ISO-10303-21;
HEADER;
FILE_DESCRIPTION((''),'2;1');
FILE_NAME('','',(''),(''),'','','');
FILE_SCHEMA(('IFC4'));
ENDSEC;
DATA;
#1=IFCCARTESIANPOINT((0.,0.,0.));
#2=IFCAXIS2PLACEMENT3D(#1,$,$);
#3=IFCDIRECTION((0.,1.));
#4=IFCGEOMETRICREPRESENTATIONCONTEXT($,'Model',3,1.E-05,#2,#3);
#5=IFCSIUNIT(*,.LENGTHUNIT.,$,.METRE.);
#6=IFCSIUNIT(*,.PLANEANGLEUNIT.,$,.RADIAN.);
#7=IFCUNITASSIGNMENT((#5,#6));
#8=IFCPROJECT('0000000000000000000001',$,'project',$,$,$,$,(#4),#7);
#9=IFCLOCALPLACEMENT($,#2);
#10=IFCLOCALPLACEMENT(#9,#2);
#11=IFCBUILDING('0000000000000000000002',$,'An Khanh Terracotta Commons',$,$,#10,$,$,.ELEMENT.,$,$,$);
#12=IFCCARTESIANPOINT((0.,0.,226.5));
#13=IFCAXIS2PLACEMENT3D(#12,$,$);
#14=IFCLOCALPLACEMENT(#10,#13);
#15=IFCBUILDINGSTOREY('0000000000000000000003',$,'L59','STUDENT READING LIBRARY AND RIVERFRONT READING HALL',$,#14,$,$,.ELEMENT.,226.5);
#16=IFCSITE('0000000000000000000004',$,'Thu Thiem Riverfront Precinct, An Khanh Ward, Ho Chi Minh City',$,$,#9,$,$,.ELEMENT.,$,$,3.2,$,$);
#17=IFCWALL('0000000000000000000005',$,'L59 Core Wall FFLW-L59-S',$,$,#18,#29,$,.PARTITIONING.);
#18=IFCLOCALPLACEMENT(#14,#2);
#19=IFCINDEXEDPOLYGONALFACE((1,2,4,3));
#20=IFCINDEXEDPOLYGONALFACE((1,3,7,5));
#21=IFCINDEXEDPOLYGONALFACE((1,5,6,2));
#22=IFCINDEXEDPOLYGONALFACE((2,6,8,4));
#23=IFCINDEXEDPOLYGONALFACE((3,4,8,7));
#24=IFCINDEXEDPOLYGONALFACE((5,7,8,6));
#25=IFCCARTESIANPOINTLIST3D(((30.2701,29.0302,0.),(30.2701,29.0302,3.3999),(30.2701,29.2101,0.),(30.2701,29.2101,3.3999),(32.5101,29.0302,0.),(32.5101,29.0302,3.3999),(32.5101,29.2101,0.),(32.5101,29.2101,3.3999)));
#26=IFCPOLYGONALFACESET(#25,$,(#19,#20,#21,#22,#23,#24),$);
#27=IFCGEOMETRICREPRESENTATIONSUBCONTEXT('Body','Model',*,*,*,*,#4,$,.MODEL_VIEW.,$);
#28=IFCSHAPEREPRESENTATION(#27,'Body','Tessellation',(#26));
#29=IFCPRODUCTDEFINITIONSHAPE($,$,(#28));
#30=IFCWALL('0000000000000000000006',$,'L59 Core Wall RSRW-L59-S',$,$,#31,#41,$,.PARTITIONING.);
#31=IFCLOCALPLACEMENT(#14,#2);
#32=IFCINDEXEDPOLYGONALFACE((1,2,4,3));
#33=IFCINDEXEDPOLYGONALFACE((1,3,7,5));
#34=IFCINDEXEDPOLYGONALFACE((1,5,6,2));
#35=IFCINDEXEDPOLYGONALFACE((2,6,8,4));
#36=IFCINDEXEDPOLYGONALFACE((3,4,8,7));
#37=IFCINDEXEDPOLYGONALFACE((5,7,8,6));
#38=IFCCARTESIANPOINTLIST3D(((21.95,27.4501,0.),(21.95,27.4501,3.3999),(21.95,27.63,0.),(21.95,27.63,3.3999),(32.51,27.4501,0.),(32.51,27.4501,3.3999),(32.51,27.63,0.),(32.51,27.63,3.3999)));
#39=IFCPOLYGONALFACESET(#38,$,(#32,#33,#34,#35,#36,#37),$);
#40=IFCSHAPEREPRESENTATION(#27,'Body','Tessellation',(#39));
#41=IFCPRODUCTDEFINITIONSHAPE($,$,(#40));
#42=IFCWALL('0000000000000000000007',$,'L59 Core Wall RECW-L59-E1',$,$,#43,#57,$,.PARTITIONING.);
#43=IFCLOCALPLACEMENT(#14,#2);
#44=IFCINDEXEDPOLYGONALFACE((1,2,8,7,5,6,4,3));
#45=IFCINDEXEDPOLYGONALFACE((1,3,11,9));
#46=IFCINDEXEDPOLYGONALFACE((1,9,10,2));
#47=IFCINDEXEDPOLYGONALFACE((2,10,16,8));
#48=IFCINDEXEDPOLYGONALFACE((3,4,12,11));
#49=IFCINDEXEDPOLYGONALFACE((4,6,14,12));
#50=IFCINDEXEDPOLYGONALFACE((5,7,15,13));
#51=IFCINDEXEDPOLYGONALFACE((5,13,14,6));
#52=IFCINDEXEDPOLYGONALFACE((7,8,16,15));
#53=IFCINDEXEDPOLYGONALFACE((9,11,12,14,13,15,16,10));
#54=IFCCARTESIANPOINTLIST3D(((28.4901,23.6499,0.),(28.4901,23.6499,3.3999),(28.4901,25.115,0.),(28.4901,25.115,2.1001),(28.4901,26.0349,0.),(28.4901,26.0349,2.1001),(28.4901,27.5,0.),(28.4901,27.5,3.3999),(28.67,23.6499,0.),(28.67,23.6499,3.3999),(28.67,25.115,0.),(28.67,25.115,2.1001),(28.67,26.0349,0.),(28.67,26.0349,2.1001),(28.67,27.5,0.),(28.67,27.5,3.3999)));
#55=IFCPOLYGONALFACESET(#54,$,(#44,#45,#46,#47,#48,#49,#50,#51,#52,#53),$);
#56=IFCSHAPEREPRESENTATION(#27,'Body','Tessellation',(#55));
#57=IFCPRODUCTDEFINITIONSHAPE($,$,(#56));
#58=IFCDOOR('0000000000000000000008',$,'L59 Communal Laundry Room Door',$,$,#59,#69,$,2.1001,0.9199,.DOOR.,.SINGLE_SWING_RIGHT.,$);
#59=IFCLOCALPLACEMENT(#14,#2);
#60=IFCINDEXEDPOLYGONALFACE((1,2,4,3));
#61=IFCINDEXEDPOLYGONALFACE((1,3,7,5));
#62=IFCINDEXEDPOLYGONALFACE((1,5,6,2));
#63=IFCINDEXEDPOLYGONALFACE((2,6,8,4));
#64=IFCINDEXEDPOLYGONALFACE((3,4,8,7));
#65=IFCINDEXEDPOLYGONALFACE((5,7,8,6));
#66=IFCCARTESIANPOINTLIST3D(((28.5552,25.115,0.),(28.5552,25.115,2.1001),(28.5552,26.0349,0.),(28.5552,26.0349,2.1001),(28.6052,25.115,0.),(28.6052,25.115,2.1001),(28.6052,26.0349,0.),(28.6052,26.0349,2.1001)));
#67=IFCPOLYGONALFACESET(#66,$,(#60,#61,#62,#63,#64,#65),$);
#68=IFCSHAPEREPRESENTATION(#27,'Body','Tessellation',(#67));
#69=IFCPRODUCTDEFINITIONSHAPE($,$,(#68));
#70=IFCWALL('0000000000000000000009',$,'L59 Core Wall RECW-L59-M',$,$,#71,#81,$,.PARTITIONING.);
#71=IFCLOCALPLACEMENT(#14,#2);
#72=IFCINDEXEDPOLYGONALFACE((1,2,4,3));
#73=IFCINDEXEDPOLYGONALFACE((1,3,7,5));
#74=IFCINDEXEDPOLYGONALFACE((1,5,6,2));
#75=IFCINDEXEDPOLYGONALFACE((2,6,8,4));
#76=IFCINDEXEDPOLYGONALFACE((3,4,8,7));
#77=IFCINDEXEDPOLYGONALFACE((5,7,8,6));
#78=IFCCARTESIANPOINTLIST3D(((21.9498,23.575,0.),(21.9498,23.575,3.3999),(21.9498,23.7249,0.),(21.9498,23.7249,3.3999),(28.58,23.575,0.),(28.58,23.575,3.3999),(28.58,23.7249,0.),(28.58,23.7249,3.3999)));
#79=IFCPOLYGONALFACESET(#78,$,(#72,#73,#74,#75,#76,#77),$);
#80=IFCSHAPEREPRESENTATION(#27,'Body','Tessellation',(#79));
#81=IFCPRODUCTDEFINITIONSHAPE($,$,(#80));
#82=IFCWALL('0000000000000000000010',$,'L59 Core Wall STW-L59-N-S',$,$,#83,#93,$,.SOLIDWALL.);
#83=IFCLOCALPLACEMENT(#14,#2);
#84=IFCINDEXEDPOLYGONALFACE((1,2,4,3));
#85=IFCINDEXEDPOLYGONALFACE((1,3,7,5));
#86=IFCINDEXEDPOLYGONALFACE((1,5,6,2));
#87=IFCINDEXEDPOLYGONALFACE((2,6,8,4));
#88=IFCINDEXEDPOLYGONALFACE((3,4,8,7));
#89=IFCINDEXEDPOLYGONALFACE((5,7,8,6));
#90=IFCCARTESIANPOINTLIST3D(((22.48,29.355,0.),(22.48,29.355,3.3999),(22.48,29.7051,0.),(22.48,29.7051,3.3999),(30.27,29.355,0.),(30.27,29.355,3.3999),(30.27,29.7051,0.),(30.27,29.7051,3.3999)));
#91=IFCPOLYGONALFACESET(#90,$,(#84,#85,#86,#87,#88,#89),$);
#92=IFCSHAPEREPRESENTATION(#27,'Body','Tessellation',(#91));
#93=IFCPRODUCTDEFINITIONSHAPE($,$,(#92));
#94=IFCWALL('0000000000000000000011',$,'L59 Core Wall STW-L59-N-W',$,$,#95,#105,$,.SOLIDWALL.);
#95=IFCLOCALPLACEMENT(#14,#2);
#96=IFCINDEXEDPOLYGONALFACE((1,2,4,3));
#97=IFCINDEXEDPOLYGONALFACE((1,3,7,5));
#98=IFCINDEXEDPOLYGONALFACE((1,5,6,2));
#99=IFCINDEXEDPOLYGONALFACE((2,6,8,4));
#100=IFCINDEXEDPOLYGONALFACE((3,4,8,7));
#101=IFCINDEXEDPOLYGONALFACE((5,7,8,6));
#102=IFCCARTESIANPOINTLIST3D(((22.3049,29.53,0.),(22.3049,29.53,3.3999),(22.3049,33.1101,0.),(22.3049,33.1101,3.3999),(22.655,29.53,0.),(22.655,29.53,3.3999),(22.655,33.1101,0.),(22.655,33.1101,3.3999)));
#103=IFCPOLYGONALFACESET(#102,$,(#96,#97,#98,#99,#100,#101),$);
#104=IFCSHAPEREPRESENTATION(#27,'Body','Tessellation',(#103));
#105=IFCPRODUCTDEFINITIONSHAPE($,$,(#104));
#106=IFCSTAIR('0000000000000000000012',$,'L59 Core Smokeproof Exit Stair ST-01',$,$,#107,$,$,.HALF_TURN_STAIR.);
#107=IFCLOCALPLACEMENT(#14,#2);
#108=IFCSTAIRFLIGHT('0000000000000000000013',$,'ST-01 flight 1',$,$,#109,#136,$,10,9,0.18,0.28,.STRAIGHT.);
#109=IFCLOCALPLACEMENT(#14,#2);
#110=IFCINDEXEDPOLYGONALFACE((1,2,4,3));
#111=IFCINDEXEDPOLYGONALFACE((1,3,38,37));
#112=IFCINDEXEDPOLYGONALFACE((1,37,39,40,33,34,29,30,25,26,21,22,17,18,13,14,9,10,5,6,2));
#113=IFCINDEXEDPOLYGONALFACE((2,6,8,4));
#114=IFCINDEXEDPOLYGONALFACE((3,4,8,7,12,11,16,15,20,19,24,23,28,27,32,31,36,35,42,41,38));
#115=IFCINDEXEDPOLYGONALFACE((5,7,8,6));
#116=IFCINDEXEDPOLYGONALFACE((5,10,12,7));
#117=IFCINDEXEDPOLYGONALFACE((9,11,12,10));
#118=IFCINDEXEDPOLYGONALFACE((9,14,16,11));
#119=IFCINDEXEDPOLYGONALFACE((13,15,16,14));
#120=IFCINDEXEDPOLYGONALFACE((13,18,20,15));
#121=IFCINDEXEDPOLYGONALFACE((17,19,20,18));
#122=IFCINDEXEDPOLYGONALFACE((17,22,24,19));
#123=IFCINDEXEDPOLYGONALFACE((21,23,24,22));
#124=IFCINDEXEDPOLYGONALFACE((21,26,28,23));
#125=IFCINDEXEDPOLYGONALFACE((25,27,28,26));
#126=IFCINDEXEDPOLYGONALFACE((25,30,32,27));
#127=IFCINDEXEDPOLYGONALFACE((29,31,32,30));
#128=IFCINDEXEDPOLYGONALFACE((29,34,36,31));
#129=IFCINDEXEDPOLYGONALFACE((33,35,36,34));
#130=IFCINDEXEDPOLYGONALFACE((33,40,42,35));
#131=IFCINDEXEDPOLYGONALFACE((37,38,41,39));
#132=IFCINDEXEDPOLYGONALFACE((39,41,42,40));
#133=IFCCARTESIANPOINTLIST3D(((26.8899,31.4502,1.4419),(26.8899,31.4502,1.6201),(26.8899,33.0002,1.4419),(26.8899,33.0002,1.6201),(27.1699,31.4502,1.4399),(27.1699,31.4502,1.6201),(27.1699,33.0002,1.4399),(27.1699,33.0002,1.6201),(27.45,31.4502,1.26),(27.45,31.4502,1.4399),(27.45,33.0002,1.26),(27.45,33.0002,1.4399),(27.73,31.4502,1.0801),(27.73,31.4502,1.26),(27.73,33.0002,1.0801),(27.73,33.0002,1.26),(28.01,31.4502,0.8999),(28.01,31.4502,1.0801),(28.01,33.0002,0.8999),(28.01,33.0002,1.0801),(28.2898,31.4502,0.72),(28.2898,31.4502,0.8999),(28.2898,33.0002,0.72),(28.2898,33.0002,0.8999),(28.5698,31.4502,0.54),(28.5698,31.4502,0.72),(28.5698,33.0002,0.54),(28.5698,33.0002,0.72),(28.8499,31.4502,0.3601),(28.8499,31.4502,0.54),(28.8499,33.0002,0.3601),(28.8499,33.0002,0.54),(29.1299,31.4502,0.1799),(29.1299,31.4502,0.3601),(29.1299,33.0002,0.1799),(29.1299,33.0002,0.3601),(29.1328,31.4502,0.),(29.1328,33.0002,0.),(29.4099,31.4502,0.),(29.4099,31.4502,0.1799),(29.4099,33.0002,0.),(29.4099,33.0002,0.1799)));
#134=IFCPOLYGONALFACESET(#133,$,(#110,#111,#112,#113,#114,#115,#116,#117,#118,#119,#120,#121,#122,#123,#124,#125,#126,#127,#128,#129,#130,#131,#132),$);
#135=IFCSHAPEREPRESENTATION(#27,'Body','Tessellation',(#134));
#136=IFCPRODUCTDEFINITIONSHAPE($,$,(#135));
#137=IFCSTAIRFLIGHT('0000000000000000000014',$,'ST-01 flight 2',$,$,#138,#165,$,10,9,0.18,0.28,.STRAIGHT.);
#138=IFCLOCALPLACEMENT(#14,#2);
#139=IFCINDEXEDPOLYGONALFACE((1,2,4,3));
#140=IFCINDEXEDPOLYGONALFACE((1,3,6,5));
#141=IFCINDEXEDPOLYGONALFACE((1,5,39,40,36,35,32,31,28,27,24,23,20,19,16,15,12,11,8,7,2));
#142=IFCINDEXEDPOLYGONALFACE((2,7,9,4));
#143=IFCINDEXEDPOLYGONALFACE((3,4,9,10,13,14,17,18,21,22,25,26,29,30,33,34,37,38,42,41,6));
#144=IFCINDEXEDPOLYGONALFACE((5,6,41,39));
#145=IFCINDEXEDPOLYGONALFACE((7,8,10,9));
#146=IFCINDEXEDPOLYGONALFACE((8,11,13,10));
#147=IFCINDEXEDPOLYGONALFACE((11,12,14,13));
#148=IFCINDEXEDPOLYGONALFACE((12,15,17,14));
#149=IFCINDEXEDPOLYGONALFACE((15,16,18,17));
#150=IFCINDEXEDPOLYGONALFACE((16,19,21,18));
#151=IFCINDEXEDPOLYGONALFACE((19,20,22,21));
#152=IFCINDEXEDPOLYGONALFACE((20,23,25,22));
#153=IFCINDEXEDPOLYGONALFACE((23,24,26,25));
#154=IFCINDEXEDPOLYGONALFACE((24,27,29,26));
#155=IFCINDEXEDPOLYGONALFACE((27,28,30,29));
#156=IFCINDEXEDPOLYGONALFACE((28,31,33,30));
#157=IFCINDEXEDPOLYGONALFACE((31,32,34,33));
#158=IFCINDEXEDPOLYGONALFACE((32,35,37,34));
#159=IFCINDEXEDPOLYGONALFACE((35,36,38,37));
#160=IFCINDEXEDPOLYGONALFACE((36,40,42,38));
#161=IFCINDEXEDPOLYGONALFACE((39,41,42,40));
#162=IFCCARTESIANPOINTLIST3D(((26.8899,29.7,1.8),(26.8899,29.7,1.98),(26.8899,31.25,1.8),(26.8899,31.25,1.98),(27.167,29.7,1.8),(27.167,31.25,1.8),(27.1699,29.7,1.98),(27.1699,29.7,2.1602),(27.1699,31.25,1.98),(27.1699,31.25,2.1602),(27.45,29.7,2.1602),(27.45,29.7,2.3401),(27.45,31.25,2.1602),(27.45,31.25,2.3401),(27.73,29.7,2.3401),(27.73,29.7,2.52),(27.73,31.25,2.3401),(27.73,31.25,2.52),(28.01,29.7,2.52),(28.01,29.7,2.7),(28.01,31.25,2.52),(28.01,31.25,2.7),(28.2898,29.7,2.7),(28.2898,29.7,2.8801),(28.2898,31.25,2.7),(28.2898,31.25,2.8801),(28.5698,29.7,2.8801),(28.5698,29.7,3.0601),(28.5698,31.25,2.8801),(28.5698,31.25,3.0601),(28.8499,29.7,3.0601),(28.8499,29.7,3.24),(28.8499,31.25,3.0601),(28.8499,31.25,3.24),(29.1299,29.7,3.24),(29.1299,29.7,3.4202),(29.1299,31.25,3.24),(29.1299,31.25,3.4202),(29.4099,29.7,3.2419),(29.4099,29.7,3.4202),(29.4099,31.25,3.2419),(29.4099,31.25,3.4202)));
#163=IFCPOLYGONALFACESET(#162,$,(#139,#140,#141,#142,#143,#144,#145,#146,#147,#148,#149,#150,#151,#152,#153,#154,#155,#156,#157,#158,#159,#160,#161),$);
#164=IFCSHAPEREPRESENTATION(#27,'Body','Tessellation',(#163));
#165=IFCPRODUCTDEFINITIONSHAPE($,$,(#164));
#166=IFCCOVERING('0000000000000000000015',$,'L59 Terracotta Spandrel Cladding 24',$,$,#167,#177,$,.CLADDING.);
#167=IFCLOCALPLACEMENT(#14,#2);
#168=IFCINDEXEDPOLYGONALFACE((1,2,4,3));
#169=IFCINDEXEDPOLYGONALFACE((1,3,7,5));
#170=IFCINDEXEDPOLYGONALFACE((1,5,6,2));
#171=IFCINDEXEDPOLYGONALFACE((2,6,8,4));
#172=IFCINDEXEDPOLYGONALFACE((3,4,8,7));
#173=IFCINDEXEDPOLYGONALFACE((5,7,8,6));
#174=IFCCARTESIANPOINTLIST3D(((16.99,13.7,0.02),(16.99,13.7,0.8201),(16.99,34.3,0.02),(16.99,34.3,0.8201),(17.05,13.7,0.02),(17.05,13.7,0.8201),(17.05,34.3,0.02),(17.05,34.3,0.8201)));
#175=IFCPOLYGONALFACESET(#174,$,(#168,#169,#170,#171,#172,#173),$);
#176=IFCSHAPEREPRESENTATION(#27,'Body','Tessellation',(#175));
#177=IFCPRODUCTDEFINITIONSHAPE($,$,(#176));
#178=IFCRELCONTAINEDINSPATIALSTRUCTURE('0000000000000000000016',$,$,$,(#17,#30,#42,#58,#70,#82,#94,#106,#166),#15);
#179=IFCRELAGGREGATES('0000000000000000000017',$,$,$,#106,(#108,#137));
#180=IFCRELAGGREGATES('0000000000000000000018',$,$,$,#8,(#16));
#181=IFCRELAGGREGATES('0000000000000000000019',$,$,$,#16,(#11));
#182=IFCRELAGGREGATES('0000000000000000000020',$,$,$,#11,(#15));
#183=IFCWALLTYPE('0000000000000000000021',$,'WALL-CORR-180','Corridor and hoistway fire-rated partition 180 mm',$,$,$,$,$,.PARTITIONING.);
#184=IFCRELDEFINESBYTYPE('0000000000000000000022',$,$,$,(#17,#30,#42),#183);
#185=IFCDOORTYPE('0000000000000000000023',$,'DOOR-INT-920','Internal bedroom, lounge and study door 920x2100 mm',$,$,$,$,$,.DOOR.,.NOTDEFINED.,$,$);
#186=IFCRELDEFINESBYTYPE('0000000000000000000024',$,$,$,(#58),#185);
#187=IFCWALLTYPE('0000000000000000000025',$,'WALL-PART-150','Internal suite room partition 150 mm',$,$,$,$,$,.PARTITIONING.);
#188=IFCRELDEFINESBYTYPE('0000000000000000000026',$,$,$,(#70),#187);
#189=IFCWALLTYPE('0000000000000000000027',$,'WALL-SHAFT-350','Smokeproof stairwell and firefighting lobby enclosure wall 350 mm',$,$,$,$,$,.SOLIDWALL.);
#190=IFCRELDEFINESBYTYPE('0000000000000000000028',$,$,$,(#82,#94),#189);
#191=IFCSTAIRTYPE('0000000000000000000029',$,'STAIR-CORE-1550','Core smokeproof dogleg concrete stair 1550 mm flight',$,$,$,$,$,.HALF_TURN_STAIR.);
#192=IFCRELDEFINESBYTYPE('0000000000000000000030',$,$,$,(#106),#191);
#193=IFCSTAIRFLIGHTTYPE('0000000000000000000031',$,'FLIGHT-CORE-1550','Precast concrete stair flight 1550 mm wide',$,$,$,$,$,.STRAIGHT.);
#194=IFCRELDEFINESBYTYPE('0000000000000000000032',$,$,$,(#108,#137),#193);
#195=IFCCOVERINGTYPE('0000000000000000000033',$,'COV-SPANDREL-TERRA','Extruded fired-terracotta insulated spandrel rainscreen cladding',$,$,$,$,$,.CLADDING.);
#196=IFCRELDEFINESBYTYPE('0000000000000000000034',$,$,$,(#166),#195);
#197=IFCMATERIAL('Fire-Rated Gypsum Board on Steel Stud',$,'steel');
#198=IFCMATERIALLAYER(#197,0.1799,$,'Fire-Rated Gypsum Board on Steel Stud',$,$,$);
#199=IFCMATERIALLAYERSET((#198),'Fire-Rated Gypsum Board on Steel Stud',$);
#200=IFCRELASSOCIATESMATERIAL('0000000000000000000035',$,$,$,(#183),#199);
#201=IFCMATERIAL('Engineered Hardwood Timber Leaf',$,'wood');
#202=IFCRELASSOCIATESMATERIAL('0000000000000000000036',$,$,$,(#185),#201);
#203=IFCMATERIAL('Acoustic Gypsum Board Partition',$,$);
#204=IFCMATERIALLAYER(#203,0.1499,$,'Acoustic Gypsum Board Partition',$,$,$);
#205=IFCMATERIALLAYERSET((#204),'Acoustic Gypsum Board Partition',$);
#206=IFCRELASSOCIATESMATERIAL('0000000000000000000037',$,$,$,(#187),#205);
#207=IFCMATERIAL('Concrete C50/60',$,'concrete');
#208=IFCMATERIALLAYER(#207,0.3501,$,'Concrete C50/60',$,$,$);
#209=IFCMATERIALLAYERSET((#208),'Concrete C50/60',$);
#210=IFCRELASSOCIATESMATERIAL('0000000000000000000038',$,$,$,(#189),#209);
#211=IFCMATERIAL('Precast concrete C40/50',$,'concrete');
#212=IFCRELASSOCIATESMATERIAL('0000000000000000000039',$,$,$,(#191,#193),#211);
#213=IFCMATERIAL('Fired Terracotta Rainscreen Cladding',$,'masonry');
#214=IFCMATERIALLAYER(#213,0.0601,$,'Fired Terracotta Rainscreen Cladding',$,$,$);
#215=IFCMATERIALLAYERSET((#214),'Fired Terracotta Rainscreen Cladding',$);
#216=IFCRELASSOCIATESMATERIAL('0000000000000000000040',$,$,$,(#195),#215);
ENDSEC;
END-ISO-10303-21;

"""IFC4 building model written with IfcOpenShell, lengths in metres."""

from ifc_helpers import new_model, si_unit, direction, frame, frame_2d, origin, origin_2d, place, context, subcontext, project, spatial, polyline, rectangle, outline, extrude, material, layer, layer_set, type_object, element, fill, aggregate, save


model = new_model("IFC4")

# Units and contexts
model_context = context("Model", 3, precision=1e-05, world=origin(), true_north=direction((0.0, 1.0)))
body_context = subcontext(model_context, "Body", "Model", "MODEL_VIEW")
ifc_project = project(units=[si_unit("LENGTHUNIT", "METRE"), si_unit("PLANEANGLEUNIT", "RADIAN")], contexts=[model_context])

# Site, building, storey
site_placement = place(None, origin())
site = spatial("IfcSite", under=ifc_project, at=site_placement, Name="Thu Thiem Riverfront Precinct, An Khanh Ward, Ho Chi Minh City", CompositionType="ELEMENT", RefElevation=3.2)
building_placement = place(site_placement, origin())
building = spatial("IfcBuilding", under=site, at=building_placement, Name="An Khanh Terracotta Commons", CompositionType="ELEMENT")
storey_placement = place(building_placement, frame((0.0, 0.0, 226.5)))
storey = spatial("IfcBuildingStorey", under=building, at=storey_placement, Name="L59", Description="STUDENT READING LIBRARY AND RIVERFRONT READING HALL", CompositionType="ELEMENT", Elevation=226.5)

# Walls
ifc_material_1 = material(Name="Fire-Rated Gypsum Board on Steel Stud", Category="steel")
ifc_layer_1 = layer(ifc_material_1, 0.1799, Name="Fire-Rated Gypsum Board on Steel Stud")
ifc_layer_set_1 = layer_set([ifc_layer_1], Name="Fire-Rated Gypsum Board on Steel Stud")
wall_type_1 = type_object("IfcWallType", Name="WALL-CORR-180", Description="Corridor and hoistway fire-rated partition 180 mm", PredefinedType="PARTITIONING", material=ifc_layer_set_1)
wall_1_placement = place(storey_placement, frame((30.27, 29.1201, 0.0), z_axis=(0.0, 0.0, 1.0), x_axis=(1.0, 0.0, 0.0)))
element("IfcWall", 1, at=wall_1_placement, inside=storey, type_object=wall_type_1, Name="L59 Core Wall FFLW-L59-S", PredefinedType="PARTITIONING", context=body_context, shape_type="SweptSolid", body=[
    extrude(rectangle(XDim=2.24, YDim=0.1799, at=frame_2d((1.1201, 0.0))), origin(), (0.0, 0.0, 1.0), 3.3999),
])
wall_2_placement = place(storey_placement, frame((21.95, 27.54, 0.0), z_axis=(0.0, 0.0, 1.0), x_axis=(1.0, 0.0, 0.0)))
element("IfcWall", 2, at=wall_2_placement, inside=storey, type_object=wall_type_1, Name="L59 Core Wall RSRW-L59-S", PredefinedType="PARTITIONING", context=body_context, shape_type="SweptSolid", body=[
    extrude(rectangle(XDim=10.5601, YDim=0.1799, at=frame_2d((5.28, 0.0))), origin(), (0.0, 0.0, 1.0), 3.3999),
])

# Wall, opening, door
wall_3_placement = place(storey_placement, frame((28.5801, 23.6499, 0.0), z_axis=(0.0, 0.0, 1.0), x_axis=(0.0, 1.0, 0.0)))
wall_3 = element("IfcWall", 3, at=wall_3_placement, inside=storey, type_object=wall_type_1, Name="L59 Core Wall RECW-L59-E1", PredefinedType="PARTITIONING", context=body_context, shape_type="SweptSolid", body=[
    extrude(rectangle(XDim=3.8501, YDim=0.1799, at=frame_2d((1.925, 0.0))), origin(), (0.0, 0.0, 1.0), 3.3999),
])
opening_placement = place(wall_3_placement, frame((1.4651, 0.0, 0.0)))
opening = element("IfcOpeningElement", 4, at=opening_placement, cuts=wall_3, PredefinedType="OPENING", context=body_context, shape_type="SweptSolid", body=[
    extrude(rectangle(XDim=0.9199, YDim=2.1001, at=frame_2d((0.46, 1.05))), frame((0.0, 0.0999, 0.0), z_axis=(0.0, -1.0, 0.0), x_axis=(1.0, 0.0, 0.0)), (0.0, 0.0, 1.0), 0.2),
])
ifc_material_2 = material(Name="Engineered Hardwood Timber Leaf", Category="wood")
door_type = type_object("IfcDoorType", Name="DOOR-INT-920", Description="Internal bedroom, lounge and study door 920x2100 mm", OperationType="NOTDEFINED", PredefinedType="DOOR", material=ifc_material_2)
door_placement = place(opening_placement, origin())
door = element("IfcDoor", 5, at=door_placement, inside=storey, type_object=door_type, Name="L59 Communal Laundry Room Door", OperationType="SINGLE_SWING_RIGHT", OverallHeight=2.1001, OverallWidth=0.9199, PredefinedType="DOOR", context=body_context, shape_type="SweptSolid", body=[
    extrude(rectangle(XDim=0.9199, YDim=2.1001, at=frame_2d((0.46, 1.05))), frame((0.0, 0.0249, 0.0), z_axis=(0.0, -1.0, 0.0), x_axis=(1.0, 0.0, 0.0)), (0.0, 0.0, 1.0), 0.05),
])
fill(opening, door)

# Walls
ifc_material_3 = material(Name="Acoustic Gypsum Board Partition")
ifc_layer_2 = layer(ifc_material_3, 0.1499, Name="Acoustic Gypsum Board Partition")
ifc_layer_set_2 = layer_set([ifc_layer_2], Name="Acoustic Gypsum Board Partition")
wall_type_2 = type_object("IfcWallType", Name="WALL-PART-150", Description="Internal suite room partition 150 mm", PredefinedType="PARTITIONING", material=ifc_layer_set_2)
wall_4_placement = place(storey_placement, frame((21.95, 23.6499, 0.0), z_axis=(0.0, 0.0, 1.0), x_axis=(1.0, 0.0, 0.0)))
element("IfcWall", 6, at=wall_4_placement, inside=storey, type_object=wall_type_2, Name="L59 Core Wall RECW-L59-M", PredefinedType="PARTITIONING", context=body_context, shape_type="SweptSolid", body=[
    extrude(rectangle(XDim=6.6301, YDim=0.1499, at=frame_2d((3.3149, 0.0))), origin(), (0.0, 0.0, 1.0), 3.3999),
])
ifc_material_4 = material(Name="Concrete C50/60", Category="concrete")
ifc_layer_3 = layer(ifc_material_4, 0.3501, Name="Concrete C50/60")
ifc_layer_set_3 = layer_set([ifc_layer_3], Name="Concrete C50/60")
wall_type_3 = type_object("IfcWallType", Name="WALL-SHAFT-350", Description="Smokeproof stairwell and firefighting lobby enclosure wall 350 mm", PredefinedType="SOLIDWALL", material=ifc_layer_set_3)
wall_5_placement = place(storey_placement, frame((22.48, 29.53, 0.0), z_axis=(0.0, 0.0, 1.0), x_axis=(1.0, 0.0, 0.0)))
element("IfcWall", 7, at=wall_5_placement, inside=storey, type_object=wall_type_3, Name="L59 Core Wall STW-L59-N-S", PredefinedType="SOLIDWALL", context=body_context, shape_type="SweptSolid", body=[
    extrude(rectangle(XDim=7.79, YDim=0.3501, at=frame_2d((3.895, 0.0))), origin(), (0.0, 0.0, 1.0), 3.3999),
])
wall_6_placement = place(storey_placement, frame((22.48, 29.53, 0.0), z_axis=(0.0, 0.0, 1.0), x_axis=(0.0, 1.0, 0.0)))
element("IfcWall", 8, at=wall_6_placement, inside=storey, type_object=wall_type_3, Name="L59 Core Wall STW-L59-N-W", PredefinedType="SOLIDWALL", context=body_context, shape_type="SweptSolid", body=[
    extrude(rectangle(XDim=3.5801, YDim=0.3501, at=frame_2d((1.79, 0.0))), origin(), (0.0, 0.0, 1.0), 3.3999),
])

# Stair, stair flights
ifc_material_5 = material(Name="Precast concrete C40/50", Category="concrete")
stair_type = type_object("IfcStairType", Name="STAIR-CORE-1550", Description="Core smokeproof dogleg concrete stair 1550 mm flight", PredefinedType="HALF_TURN_STAIR", material=ifc_material_5)
stair_placement = place(storey_placement, origin())
stair = element("IfcStair", 9, at=stair_placement, inside=storey, type_object=stair_type, Name="L59 Core Smokeproof Exit Stair ST-01", PredefinedType="HALF_TURN_STAIR")
stair_flight_type = type_object("IfcStairFlightType", Name="FLIGHT-CORE-1550", Description="Precast concrete stair flight 1550 mm wide", PredefinedType="STRAIGHT", material=ifc_material_5)
stair_flight_1_placement = place(storey_placement, frame((29.4099, 32.2251, 0.0), z_axis=(0.0, 0.0, 1.0), x_axis=(-1.0, 0.0, 0.0)))
stair_flight_1 = element("IfcStairFlight", 10, at=stair_flight_1_placement, type_object=stair_flight_type, Name="ST-01 flight 1", NumberOfRisers=10, NumberOfTreads=9, PredefinedType="STRAIGHT", RiserHeight=0.18, TreadLength=0.28, context=body_context, shape_type="SweptSolid", body=[
    extrude(outline(polyline([(0.0, 0.0), (0.0, 0.1799), (0.28, 0.1799), (0.28, 0.3601), (0.5601, 0.3601), (0.5601, 0.54), (0.8401, 0.54), (0.8401, 0.72), (1.1201, 0.72), (1.1201, 0.8999), (1.3999, 0.8999), (1.3999, 1.0801), (1.6799, 1.0801), (1.6799, 1.26), (1.96, 1.26), (1.96, 1.4399), (2.24, 1.4399), (2.24, 1.6201), (2.52, 1.6201), (2.52, 1.8), (2.52, 1.4419), (0.2771, 0.0), (0.0, 0.0)])), frame((0.0, 0.7749, 0.0), z_axis=(0.0, -1.0, 0.0), x_axis=(1.0, 0.0, 0.0)), (0.0, 0.0, 1.0), 1.55),
])
stair_flight_2_placement = place(storey_placement, frame((26.8899, 30.4751, 1.8), z_axis=(0.0, 0.0, 1.0), x_axis=(1.0, 0.0, 0.0)))
stair_flight_2 = element("IfcStairFlight", 11, at=stair_flight_2_placement, type_object=stair_flight_type, Name="ST-01 flight 2", NumberOfRisers=10, NumberOfTreads=9, PredefinedType="STRAIGHT", RiserHeight=0.18, TreadLength=0.28, context=body_context, shape_type="SweptSolid", body=[
    extrude(outline(polyline([(0.0, 0.0), (0.0, 0.1799), (0.28, 0.1799), (0.28, 0.3601), (0.5601, 0.3601), (0.5601, 0.54), (0.8401, 0.54), (0.8401, 0.72), (1.1201, 0.72), (1.1201, 0.8999), (1.3999, 0.8999), (1.3999, 1.0801), (1.6799, 1.0801), (1.6799, 1.26), (1.96, 1.26), (1.96, 1.4399), (2.24, 1.4399), (2.24, 1.6201), (2.52, 1.6201), (2.52, 1.8), (2.52, 1.4419), (0.2771, 0.0), (0.0, 0.0)])), frame((0.0, 0.7749, 0.0), z_axis=(0.0, -1.0, 0.0), x_axis=(1.0, 0.0, 0.0)), (0.0, 0.0, 1.0), 1.55),
])
aggregate(stair, [stair_flight_1, stair_flight_2])

# Covering
ifc_material_6 = material(Name="Fired Terracotta Rainscreen Cladding", Category="masonry")
ifc_layer_4 = layer(ifc_material_6, 0.0601, Name="Fired Terracotta Rainscreen Cladding")
ifc_layer_set_4 = layer_set([ifc_layer_4], Name="Fired Terracotta Rainscreen Cladding")
covering_type = type_object("IfcCoveringType", Name="COV-SPANDREL-TERRA", Description="Extruded fired-terracotta insulated spandrel rainscreen cladding", PredefinedType="CLADDING", material=ifc_layer_set_4)
covering_placement = place(storey_placement, frame((17.02, 24.0, 0.02), z_axis=(0.0, 0.0, 1.0), x_axis=(0.0, -1.0, 0.0)))
element("IfcCovering", 12, at=covering_placement, inside=storey, type_object=covering_type, Name="L59 Terracotta Spandrel Cladding 24", PredefinedType="CLADDING", context=body_context, shape_type="SweptSolid", body=[
    extrude(rectangle(XDim=20.6001, YDim=0.0601, at=origin_2d()), origin(), (0.0, 0.0, 1.0), 0.8),
])

save(model, "model.ifc")
